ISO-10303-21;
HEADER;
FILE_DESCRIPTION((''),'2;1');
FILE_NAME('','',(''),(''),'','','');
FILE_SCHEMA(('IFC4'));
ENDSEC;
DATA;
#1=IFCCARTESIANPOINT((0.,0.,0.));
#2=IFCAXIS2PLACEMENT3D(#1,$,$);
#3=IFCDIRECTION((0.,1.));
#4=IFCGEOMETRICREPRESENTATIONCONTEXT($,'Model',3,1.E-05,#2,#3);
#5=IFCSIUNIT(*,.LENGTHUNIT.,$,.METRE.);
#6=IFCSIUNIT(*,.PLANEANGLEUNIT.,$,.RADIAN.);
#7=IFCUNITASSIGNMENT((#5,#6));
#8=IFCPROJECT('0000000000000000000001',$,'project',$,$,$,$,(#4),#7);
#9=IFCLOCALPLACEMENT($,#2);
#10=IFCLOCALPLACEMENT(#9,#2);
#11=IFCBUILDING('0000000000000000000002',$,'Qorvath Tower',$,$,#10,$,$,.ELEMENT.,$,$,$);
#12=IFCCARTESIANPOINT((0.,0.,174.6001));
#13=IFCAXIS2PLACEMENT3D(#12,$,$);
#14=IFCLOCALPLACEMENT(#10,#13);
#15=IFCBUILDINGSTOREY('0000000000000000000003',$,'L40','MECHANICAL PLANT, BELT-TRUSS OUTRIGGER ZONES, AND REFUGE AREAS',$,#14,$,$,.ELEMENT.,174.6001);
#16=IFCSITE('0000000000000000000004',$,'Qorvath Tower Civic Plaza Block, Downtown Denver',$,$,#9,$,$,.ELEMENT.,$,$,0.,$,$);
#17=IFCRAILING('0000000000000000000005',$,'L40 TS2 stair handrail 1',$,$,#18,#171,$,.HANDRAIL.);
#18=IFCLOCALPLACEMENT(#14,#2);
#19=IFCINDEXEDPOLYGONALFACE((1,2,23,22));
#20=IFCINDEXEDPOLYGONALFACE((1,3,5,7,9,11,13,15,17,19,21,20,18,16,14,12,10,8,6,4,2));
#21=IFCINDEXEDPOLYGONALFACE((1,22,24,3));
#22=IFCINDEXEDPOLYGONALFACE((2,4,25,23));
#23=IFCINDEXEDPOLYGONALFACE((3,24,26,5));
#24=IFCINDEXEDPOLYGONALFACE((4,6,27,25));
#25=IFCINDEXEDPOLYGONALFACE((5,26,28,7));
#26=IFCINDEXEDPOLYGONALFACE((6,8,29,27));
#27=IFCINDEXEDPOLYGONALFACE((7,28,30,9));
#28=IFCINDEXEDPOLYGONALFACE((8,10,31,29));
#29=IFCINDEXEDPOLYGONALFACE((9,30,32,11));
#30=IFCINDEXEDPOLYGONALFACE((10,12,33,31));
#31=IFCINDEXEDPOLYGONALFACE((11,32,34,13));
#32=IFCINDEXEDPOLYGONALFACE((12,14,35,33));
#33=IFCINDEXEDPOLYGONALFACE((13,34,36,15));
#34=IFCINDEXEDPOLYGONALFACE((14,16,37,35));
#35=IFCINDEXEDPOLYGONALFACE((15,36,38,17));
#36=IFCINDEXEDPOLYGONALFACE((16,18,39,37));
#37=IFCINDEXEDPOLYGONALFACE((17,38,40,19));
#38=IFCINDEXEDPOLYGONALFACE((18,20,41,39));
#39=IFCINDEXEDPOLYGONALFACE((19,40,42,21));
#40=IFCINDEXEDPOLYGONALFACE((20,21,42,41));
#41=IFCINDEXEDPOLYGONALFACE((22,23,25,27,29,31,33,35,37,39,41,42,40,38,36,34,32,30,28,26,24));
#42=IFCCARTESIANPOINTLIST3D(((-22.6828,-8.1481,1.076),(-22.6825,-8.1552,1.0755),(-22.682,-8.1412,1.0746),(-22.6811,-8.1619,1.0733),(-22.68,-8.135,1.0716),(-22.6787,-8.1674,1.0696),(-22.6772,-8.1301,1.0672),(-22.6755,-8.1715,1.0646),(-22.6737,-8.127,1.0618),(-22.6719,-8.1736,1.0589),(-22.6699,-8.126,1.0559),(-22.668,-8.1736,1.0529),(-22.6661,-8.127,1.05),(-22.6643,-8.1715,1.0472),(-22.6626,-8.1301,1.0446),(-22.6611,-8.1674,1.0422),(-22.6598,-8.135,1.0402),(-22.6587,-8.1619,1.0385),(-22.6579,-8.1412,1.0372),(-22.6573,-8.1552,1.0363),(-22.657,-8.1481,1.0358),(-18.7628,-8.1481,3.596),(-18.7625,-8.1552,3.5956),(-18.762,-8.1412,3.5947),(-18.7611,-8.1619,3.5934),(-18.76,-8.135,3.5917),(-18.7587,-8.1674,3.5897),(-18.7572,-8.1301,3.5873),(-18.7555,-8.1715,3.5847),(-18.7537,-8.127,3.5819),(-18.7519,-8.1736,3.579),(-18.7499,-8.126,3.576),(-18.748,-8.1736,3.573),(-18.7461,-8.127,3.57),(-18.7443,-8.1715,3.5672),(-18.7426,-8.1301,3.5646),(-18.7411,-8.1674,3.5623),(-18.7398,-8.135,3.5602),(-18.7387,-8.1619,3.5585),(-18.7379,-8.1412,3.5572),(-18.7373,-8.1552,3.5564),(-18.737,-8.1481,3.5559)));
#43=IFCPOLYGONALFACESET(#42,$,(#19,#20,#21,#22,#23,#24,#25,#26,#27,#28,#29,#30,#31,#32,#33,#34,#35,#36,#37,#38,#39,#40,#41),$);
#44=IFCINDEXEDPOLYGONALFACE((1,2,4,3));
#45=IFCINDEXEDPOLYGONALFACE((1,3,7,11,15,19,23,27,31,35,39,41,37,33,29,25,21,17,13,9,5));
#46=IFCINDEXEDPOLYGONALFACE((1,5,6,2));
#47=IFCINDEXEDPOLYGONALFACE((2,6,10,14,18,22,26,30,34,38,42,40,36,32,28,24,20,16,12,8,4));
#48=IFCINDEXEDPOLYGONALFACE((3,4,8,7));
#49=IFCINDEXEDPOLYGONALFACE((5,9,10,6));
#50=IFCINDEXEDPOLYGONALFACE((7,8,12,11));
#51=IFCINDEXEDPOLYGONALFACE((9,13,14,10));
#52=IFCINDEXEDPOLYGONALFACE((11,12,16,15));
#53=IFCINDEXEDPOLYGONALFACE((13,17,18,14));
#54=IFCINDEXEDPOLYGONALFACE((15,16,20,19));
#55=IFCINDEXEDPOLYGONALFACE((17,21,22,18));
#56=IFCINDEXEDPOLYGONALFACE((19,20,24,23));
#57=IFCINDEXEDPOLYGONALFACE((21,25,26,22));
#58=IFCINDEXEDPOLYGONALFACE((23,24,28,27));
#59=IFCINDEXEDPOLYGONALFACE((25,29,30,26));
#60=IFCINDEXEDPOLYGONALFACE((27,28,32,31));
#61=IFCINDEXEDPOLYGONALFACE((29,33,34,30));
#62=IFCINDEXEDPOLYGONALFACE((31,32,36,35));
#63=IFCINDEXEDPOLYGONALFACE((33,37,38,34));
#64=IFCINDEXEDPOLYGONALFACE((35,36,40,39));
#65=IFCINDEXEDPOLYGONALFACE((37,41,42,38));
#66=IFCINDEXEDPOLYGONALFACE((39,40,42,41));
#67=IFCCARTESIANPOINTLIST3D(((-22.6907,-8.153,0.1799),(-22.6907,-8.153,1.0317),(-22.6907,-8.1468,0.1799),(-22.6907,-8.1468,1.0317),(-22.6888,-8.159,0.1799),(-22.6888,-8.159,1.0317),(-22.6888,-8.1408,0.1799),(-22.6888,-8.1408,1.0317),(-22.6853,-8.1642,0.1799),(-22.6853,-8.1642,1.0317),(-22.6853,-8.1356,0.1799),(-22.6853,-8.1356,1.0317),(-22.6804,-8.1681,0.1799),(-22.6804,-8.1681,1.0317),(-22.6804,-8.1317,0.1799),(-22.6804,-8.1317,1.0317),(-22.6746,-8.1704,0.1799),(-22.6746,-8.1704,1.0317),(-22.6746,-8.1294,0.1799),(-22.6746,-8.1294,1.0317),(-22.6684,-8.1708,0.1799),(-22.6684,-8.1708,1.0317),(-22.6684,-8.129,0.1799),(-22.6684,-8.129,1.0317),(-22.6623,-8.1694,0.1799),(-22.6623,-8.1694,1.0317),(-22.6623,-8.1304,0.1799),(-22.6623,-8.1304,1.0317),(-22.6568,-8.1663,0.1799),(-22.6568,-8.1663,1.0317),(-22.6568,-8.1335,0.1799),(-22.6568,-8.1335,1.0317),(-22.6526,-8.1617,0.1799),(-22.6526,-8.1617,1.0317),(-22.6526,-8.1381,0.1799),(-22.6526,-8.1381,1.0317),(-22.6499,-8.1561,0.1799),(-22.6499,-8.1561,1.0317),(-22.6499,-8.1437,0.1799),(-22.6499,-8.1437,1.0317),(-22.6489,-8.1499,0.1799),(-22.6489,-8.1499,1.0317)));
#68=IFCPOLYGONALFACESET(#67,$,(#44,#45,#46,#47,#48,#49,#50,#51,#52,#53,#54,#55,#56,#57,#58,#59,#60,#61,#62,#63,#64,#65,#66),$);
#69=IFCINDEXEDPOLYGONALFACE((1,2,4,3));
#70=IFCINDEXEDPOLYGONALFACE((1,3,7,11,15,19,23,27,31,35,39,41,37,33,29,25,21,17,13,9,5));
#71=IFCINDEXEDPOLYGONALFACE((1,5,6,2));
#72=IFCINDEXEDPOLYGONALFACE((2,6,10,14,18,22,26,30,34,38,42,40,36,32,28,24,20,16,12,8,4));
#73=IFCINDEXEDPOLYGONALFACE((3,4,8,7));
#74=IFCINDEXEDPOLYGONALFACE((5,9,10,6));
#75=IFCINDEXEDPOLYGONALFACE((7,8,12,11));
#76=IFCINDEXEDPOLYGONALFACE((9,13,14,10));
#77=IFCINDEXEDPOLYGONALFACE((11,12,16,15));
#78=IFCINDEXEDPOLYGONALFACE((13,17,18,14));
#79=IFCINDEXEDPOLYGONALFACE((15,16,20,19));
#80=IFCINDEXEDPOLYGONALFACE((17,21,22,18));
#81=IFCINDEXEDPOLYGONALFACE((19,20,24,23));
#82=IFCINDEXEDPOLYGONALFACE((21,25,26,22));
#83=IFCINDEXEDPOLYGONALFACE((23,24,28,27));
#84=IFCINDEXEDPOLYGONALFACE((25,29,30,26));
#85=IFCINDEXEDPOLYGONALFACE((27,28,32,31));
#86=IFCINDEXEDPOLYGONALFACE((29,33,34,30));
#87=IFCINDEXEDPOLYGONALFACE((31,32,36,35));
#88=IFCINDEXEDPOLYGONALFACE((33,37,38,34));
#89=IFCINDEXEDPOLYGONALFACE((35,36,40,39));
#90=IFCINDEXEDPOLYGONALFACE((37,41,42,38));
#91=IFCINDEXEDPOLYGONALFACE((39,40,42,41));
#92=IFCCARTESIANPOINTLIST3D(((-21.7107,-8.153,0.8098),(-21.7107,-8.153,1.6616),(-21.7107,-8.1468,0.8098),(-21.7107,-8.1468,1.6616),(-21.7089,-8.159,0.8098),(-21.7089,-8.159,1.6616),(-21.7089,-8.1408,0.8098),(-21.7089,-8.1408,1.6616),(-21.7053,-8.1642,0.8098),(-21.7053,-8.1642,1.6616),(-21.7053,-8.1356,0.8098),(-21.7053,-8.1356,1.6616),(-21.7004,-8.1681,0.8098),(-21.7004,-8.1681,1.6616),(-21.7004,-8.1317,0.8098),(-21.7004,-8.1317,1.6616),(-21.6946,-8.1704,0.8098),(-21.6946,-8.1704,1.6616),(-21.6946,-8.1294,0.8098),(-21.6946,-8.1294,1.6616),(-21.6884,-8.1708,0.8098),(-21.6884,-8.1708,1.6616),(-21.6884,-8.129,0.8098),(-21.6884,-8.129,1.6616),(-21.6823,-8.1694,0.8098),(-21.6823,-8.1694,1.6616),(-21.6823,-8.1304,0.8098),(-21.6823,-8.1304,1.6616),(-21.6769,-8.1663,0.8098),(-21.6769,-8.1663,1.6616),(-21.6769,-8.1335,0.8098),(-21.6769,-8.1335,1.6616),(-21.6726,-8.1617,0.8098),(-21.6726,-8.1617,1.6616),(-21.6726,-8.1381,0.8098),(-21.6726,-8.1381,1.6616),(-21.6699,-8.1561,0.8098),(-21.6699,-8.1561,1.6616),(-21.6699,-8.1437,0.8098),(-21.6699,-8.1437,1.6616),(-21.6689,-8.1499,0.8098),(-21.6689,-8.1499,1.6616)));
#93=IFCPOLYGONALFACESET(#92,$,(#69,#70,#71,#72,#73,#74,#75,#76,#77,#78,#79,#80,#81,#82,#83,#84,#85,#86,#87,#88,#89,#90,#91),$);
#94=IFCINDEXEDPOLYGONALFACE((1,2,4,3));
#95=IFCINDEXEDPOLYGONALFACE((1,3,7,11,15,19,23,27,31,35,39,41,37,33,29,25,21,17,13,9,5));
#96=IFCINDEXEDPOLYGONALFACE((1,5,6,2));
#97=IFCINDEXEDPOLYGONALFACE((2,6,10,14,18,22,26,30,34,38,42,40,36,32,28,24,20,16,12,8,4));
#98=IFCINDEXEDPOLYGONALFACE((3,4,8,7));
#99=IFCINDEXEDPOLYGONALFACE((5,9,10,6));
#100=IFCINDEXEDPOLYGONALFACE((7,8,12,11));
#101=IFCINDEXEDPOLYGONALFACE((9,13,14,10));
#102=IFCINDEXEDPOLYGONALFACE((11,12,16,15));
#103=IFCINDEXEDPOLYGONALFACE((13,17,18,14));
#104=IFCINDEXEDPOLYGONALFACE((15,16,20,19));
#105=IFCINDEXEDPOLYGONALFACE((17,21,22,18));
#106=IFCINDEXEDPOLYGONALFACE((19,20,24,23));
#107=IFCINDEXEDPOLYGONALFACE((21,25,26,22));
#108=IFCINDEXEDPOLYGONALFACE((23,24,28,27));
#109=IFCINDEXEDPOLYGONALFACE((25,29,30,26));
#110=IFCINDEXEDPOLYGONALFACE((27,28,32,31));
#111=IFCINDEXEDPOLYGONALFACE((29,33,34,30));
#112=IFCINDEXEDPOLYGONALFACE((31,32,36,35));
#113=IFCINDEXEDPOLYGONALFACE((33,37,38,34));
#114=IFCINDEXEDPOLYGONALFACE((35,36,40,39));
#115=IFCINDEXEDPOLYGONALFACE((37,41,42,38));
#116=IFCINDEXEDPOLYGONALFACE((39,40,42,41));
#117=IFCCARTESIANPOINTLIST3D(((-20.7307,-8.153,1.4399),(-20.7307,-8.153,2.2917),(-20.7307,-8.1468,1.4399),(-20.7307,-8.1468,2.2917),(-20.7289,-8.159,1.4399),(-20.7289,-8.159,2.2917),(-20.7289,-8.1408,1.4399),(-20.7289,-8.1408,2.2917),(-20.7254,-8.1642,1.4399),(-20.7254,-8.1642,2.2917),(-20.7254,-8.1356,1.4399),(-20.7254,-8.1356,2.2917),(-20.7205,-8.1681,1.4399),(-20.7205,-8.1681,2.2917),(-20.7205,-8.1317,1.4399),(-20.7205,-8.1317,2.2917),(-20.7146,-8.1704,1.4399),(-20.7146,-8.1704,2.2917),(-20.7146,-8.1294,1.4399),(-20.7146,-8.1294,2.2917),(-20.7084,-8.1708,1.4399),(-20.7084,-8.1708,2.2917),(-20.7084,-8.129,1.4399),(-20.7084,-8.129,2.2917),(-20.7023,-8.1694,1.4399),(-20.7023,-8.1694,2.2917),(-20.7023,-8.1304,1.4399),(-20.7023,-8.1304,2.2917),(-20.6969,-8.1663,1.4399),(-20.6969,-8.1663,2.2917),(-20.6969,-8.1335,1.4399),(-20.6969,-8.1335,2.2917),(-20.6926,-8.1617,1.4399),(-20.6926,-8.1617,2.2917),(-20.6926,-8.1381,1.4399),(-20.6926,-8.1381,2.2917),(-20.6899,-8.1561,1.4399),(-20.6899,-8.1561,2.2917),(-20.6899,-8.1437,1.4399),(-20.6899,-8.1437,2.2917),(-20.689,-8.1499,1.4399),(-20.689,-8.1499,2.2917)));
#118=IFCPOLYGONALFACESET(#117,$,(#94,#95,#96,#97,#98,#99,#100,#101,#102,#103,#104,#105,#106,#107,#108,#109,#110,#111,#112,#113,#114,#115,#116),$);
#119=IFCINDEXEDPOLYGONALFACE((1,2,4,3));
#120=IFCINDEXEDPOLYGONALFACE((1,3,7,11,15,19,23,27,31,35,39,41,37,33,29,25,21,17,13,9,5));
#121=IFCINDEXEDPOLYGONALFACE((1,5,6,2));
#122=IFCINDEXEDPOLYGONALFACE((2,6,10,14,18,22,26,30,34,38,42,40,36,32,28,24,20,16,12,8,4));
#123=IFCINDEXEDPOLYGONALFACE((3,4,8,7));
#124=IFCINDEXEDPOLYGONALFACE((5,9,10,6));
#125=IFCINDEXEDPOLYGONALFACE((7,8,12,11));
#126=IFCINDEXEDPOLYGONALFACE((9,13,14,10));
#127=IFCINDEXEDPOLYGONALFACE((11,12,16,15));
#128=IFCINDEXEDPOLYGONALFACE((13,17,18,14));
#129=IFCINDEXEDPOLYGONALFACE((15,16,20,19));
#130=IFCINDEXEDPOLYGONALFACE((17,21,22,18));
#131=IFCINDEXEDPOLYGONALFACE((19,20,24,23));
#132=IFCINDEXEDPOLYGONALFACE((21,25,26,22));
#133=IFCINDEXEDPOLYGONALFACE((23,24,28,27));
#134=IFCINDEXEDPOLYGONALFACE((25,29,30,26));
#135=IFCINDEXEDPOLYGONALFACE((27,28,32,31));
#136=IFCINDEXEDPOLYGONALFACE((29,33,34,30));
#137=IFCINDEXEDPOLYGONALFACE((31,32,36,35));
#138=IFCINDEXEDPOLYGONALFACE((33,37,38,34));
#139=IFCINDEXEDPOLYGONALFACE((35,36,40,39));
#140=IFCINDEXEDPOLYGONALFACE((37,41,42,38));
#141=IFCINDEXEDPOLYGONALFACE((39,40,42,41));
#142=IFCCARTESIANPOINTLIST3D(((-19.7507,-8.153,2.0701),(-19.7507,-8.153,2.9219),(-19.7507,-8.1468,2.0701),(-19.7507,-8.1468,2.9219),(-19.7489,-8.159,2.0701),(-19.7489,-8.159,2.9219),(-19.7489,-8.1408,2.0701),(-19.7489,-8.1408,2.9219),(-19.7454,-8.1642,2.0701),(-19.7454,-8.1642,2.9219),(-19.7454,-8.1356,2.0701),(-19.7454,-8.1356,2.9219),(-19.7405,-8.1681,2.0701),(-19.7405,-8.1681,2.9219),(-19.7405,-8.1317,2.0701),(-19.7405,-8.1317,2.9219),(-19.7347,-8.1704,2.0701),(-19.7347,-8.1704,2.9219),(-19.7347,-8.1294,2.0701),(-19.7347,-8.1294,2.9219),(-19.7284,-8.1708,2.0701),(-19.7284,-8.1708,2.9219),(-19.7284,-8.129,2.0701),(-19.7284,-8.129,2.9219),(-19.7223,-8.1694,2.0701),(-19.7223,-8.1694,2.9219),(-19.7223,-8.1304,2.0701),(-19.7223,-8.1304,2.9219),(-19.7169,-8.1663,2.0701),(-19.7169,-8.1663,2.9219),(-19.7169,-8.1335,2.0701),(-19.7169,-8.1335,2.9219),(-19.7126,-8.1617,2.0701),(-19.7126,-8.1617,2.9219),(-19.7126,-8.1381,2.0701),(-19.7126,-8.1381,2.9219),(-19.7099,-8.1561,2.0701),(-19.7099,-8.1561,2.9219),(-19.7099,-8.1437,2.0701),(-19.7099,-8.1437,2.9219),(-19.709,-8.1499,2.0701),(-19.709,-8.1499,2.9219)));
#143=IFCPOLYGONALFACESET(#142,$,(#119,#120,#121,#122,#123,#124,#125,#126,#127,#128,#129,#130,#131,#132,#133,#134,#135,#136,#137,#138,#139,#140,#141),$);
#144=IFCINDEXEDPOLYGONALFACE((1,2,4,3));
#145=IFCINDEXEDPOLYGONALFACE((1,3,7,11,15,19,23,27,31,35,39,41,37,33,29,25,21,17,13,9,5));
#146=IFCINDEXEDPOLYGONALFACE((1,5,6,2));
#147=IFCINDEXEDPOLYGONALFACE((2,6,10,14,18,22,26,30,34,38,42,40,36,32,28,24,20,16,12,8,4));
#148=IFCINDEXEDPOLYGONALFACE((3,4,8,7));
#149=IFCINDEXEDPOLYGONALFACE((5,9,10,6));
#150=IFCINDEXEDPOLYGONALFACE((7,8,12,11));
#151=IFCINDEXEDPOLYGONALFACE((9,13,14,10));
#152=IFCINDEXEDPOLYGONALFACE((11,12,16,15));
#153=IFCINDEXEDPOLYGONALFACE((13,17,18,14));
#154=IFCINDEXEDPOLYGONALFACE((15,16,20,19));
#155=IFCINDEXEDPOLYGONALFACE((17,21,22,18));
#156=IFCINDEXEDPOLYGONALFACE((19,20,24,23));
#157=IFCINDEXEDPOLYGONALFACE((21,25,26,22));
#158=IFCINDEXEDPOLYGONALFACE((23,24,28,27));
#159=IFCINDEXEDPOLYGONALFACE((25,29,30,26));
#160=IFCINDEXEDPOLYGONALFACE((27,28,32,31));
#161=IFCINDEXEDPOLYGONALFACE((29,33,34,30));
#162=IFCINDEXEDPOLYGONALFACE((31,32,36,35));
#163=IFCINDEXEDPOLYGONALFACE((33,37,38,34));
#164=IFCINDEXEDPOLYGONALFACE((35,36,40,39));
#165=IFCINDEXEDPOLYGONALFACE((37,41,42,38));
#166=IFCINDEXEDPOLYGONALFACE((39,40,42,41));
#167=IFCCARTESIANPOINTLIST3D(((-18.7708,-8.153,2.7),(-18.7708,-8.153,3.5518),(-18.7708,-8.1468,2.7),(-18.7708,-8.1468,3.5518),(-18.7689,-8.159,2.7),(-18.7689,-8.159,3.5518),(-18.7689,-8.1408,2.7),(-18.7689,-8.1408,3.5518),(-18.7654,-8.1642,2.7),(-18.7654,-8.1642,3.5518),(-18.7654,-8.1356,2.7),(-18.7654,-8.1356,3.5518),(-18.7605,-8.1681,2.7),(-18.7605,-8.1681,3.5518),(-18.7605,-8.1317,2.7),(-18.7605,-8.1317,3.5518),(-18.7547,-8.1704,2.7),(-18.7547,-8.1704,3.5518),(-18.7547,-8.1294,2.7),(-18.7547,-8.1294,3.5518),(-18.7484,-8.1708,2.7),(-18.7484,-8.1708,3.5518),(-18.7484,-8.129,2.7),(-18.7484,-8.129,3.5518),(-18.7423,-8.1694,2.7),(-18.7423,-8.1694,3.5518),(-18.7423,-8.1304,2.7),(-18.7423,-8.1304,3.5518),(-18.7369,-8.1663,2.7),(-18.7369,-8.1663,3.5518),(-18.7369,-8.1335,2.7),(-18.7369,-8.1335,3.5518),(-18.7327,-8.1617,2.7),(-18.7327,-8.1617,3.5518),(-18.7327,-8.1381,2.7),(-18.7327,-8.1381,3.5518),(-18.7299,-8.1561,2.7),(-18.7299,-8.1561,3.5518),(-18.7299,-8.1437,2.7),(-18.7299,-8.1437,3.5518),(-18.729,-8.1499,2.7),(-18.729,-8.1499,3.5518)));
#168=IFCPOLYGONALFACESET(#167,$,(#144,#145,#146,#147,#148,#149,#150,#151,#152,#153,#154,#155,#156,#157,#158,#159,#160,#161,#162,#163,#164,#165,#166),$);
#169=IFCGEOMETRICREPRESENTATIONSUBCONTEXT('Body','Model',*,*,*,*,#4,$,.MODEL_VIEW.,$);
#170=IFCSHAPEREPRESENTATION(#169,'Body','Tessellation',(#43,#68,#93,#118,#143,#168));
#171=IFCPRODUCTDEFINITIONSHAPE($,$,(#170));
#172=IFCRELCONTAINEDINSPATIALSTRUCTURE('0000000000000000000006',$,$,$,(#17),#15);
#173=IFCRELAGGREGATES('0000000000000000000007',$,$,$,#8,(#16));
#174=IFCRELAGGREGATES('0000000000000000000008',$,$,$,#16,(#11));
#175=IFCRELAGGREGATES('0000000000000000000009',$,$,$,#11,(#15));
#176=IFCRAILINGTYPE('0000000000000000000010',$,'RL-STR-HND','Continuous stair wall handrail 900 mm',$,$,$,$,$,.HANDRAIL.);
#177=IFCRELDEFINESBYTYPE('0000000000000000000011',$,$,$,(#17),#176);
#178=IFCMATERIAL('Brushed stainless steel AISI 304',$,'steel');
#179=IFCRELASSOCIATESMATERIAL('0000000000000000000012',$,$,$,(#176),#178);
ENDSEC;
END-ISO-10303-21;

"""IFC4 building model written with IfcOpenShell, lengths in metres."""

from ifc_helpers import new_model, si_unit, direction, frame, origin, origin_2d, place, context, subcontext, project, spatial, circle, extrude, material, type_object, element, save


model = new_model("IFC4")

# Units and contexts
model_context = context("Model", 3, precision=1e-05, world=origin(), true_north=direction((0.0, 1.0)))
body_context = subcontext(model_context, "Body", "Model", "MODEL_VIEW")
ifc_project = project(units=[si_unit("LENGTHUNIT", "METRE"), si_unit("PLANEANGLEUNIT", "RADIAN")], contexts=[model_context])

# Site, building, storey
site_placement = place(None, origin())
site = spatial("IfcSite", under=ifc_project, at=site_placement, Name="Qorvath Tower Civic Plaza Block, Downtown Denver", CompositionType="ELEMENT", RefElevation=0.0)
building_placement = place(site_placement, origin())
building = spatial("IfcBuilding", under=site, at=building_placement, Name="Qorvath Tower", CompositionType="ELEMENT")
storey_placement = place(building_placement, frame((0.0, 0.0, 174.6001)))
storey = spatial("IfcBuildingStorey", under=building, at=storey_placement, Name="L40", Description="MECHANICAL PLANT, BELT-TRUSS OUTRIGGER ZONES, AND REFUGE AREAS", CompositionType="ELEMENT", Elevation=174.6001)

# Railing
ifc_material_1 = material(Name="Brushed stainless steel AISI 304", Category="steel")
railing_type_1 = type_object("IfcRailingType", Name="RL-STR-HND", Description="Continuous stair wall handrail 900 mm", PredefinedType="HANDRAIL", material=ifc_material_1)
railing_1_placement = place(storey_placement, frame((-22.6699, -8.1499, 0.1799)))
element("IfcRailing", 1, at=railing_1_placement, inside=storey, type_object=railing_type_1, Name="L40 TS2 stair handrail 1", PredefinedType="HANDRAIL", context=body_context, shape_type="SweptSolid", body=[
    extrude(circle(Radius=0.0239, at=origin_2d()), frame((0.0, 0.0, 0.876), z_axis=(0.841172, 0.0, 0.540768), x_axis=(0.0, 1.0, 0.0)), (0.0, 0.0, 1.0), 4.6602),
    extrude(circle(Radius=0.021, at=origin_2d()), origin(), (0.0, 0.0, 1.0), 0.8518),
    extrude(circle(Radius=0.021, at=origin_2d()), frame((0.98, 0.0, 0.6299)), (0.0, 0.0, 1.0), 0.8518),
    extrude(circle(Radius=0.021, at=origin_2d()), frame((1.96, 0.0, 1.26)), (0.0, 0.0, 1.0), 0.8518),
    extrude(circle(Radius=0.021, at=origin_2d()), frame((2.9399, 0.0, 1.8901)), (0.0, 0.0, 1.0), 0.8518),
    extrude(circle(Radius=0.021, at=origin_2d()), frame((3.9199, 0.0, 2.52)), (0.0, 0.0, 1.0), 0.8518),
])

save(model, "model.ifc")
